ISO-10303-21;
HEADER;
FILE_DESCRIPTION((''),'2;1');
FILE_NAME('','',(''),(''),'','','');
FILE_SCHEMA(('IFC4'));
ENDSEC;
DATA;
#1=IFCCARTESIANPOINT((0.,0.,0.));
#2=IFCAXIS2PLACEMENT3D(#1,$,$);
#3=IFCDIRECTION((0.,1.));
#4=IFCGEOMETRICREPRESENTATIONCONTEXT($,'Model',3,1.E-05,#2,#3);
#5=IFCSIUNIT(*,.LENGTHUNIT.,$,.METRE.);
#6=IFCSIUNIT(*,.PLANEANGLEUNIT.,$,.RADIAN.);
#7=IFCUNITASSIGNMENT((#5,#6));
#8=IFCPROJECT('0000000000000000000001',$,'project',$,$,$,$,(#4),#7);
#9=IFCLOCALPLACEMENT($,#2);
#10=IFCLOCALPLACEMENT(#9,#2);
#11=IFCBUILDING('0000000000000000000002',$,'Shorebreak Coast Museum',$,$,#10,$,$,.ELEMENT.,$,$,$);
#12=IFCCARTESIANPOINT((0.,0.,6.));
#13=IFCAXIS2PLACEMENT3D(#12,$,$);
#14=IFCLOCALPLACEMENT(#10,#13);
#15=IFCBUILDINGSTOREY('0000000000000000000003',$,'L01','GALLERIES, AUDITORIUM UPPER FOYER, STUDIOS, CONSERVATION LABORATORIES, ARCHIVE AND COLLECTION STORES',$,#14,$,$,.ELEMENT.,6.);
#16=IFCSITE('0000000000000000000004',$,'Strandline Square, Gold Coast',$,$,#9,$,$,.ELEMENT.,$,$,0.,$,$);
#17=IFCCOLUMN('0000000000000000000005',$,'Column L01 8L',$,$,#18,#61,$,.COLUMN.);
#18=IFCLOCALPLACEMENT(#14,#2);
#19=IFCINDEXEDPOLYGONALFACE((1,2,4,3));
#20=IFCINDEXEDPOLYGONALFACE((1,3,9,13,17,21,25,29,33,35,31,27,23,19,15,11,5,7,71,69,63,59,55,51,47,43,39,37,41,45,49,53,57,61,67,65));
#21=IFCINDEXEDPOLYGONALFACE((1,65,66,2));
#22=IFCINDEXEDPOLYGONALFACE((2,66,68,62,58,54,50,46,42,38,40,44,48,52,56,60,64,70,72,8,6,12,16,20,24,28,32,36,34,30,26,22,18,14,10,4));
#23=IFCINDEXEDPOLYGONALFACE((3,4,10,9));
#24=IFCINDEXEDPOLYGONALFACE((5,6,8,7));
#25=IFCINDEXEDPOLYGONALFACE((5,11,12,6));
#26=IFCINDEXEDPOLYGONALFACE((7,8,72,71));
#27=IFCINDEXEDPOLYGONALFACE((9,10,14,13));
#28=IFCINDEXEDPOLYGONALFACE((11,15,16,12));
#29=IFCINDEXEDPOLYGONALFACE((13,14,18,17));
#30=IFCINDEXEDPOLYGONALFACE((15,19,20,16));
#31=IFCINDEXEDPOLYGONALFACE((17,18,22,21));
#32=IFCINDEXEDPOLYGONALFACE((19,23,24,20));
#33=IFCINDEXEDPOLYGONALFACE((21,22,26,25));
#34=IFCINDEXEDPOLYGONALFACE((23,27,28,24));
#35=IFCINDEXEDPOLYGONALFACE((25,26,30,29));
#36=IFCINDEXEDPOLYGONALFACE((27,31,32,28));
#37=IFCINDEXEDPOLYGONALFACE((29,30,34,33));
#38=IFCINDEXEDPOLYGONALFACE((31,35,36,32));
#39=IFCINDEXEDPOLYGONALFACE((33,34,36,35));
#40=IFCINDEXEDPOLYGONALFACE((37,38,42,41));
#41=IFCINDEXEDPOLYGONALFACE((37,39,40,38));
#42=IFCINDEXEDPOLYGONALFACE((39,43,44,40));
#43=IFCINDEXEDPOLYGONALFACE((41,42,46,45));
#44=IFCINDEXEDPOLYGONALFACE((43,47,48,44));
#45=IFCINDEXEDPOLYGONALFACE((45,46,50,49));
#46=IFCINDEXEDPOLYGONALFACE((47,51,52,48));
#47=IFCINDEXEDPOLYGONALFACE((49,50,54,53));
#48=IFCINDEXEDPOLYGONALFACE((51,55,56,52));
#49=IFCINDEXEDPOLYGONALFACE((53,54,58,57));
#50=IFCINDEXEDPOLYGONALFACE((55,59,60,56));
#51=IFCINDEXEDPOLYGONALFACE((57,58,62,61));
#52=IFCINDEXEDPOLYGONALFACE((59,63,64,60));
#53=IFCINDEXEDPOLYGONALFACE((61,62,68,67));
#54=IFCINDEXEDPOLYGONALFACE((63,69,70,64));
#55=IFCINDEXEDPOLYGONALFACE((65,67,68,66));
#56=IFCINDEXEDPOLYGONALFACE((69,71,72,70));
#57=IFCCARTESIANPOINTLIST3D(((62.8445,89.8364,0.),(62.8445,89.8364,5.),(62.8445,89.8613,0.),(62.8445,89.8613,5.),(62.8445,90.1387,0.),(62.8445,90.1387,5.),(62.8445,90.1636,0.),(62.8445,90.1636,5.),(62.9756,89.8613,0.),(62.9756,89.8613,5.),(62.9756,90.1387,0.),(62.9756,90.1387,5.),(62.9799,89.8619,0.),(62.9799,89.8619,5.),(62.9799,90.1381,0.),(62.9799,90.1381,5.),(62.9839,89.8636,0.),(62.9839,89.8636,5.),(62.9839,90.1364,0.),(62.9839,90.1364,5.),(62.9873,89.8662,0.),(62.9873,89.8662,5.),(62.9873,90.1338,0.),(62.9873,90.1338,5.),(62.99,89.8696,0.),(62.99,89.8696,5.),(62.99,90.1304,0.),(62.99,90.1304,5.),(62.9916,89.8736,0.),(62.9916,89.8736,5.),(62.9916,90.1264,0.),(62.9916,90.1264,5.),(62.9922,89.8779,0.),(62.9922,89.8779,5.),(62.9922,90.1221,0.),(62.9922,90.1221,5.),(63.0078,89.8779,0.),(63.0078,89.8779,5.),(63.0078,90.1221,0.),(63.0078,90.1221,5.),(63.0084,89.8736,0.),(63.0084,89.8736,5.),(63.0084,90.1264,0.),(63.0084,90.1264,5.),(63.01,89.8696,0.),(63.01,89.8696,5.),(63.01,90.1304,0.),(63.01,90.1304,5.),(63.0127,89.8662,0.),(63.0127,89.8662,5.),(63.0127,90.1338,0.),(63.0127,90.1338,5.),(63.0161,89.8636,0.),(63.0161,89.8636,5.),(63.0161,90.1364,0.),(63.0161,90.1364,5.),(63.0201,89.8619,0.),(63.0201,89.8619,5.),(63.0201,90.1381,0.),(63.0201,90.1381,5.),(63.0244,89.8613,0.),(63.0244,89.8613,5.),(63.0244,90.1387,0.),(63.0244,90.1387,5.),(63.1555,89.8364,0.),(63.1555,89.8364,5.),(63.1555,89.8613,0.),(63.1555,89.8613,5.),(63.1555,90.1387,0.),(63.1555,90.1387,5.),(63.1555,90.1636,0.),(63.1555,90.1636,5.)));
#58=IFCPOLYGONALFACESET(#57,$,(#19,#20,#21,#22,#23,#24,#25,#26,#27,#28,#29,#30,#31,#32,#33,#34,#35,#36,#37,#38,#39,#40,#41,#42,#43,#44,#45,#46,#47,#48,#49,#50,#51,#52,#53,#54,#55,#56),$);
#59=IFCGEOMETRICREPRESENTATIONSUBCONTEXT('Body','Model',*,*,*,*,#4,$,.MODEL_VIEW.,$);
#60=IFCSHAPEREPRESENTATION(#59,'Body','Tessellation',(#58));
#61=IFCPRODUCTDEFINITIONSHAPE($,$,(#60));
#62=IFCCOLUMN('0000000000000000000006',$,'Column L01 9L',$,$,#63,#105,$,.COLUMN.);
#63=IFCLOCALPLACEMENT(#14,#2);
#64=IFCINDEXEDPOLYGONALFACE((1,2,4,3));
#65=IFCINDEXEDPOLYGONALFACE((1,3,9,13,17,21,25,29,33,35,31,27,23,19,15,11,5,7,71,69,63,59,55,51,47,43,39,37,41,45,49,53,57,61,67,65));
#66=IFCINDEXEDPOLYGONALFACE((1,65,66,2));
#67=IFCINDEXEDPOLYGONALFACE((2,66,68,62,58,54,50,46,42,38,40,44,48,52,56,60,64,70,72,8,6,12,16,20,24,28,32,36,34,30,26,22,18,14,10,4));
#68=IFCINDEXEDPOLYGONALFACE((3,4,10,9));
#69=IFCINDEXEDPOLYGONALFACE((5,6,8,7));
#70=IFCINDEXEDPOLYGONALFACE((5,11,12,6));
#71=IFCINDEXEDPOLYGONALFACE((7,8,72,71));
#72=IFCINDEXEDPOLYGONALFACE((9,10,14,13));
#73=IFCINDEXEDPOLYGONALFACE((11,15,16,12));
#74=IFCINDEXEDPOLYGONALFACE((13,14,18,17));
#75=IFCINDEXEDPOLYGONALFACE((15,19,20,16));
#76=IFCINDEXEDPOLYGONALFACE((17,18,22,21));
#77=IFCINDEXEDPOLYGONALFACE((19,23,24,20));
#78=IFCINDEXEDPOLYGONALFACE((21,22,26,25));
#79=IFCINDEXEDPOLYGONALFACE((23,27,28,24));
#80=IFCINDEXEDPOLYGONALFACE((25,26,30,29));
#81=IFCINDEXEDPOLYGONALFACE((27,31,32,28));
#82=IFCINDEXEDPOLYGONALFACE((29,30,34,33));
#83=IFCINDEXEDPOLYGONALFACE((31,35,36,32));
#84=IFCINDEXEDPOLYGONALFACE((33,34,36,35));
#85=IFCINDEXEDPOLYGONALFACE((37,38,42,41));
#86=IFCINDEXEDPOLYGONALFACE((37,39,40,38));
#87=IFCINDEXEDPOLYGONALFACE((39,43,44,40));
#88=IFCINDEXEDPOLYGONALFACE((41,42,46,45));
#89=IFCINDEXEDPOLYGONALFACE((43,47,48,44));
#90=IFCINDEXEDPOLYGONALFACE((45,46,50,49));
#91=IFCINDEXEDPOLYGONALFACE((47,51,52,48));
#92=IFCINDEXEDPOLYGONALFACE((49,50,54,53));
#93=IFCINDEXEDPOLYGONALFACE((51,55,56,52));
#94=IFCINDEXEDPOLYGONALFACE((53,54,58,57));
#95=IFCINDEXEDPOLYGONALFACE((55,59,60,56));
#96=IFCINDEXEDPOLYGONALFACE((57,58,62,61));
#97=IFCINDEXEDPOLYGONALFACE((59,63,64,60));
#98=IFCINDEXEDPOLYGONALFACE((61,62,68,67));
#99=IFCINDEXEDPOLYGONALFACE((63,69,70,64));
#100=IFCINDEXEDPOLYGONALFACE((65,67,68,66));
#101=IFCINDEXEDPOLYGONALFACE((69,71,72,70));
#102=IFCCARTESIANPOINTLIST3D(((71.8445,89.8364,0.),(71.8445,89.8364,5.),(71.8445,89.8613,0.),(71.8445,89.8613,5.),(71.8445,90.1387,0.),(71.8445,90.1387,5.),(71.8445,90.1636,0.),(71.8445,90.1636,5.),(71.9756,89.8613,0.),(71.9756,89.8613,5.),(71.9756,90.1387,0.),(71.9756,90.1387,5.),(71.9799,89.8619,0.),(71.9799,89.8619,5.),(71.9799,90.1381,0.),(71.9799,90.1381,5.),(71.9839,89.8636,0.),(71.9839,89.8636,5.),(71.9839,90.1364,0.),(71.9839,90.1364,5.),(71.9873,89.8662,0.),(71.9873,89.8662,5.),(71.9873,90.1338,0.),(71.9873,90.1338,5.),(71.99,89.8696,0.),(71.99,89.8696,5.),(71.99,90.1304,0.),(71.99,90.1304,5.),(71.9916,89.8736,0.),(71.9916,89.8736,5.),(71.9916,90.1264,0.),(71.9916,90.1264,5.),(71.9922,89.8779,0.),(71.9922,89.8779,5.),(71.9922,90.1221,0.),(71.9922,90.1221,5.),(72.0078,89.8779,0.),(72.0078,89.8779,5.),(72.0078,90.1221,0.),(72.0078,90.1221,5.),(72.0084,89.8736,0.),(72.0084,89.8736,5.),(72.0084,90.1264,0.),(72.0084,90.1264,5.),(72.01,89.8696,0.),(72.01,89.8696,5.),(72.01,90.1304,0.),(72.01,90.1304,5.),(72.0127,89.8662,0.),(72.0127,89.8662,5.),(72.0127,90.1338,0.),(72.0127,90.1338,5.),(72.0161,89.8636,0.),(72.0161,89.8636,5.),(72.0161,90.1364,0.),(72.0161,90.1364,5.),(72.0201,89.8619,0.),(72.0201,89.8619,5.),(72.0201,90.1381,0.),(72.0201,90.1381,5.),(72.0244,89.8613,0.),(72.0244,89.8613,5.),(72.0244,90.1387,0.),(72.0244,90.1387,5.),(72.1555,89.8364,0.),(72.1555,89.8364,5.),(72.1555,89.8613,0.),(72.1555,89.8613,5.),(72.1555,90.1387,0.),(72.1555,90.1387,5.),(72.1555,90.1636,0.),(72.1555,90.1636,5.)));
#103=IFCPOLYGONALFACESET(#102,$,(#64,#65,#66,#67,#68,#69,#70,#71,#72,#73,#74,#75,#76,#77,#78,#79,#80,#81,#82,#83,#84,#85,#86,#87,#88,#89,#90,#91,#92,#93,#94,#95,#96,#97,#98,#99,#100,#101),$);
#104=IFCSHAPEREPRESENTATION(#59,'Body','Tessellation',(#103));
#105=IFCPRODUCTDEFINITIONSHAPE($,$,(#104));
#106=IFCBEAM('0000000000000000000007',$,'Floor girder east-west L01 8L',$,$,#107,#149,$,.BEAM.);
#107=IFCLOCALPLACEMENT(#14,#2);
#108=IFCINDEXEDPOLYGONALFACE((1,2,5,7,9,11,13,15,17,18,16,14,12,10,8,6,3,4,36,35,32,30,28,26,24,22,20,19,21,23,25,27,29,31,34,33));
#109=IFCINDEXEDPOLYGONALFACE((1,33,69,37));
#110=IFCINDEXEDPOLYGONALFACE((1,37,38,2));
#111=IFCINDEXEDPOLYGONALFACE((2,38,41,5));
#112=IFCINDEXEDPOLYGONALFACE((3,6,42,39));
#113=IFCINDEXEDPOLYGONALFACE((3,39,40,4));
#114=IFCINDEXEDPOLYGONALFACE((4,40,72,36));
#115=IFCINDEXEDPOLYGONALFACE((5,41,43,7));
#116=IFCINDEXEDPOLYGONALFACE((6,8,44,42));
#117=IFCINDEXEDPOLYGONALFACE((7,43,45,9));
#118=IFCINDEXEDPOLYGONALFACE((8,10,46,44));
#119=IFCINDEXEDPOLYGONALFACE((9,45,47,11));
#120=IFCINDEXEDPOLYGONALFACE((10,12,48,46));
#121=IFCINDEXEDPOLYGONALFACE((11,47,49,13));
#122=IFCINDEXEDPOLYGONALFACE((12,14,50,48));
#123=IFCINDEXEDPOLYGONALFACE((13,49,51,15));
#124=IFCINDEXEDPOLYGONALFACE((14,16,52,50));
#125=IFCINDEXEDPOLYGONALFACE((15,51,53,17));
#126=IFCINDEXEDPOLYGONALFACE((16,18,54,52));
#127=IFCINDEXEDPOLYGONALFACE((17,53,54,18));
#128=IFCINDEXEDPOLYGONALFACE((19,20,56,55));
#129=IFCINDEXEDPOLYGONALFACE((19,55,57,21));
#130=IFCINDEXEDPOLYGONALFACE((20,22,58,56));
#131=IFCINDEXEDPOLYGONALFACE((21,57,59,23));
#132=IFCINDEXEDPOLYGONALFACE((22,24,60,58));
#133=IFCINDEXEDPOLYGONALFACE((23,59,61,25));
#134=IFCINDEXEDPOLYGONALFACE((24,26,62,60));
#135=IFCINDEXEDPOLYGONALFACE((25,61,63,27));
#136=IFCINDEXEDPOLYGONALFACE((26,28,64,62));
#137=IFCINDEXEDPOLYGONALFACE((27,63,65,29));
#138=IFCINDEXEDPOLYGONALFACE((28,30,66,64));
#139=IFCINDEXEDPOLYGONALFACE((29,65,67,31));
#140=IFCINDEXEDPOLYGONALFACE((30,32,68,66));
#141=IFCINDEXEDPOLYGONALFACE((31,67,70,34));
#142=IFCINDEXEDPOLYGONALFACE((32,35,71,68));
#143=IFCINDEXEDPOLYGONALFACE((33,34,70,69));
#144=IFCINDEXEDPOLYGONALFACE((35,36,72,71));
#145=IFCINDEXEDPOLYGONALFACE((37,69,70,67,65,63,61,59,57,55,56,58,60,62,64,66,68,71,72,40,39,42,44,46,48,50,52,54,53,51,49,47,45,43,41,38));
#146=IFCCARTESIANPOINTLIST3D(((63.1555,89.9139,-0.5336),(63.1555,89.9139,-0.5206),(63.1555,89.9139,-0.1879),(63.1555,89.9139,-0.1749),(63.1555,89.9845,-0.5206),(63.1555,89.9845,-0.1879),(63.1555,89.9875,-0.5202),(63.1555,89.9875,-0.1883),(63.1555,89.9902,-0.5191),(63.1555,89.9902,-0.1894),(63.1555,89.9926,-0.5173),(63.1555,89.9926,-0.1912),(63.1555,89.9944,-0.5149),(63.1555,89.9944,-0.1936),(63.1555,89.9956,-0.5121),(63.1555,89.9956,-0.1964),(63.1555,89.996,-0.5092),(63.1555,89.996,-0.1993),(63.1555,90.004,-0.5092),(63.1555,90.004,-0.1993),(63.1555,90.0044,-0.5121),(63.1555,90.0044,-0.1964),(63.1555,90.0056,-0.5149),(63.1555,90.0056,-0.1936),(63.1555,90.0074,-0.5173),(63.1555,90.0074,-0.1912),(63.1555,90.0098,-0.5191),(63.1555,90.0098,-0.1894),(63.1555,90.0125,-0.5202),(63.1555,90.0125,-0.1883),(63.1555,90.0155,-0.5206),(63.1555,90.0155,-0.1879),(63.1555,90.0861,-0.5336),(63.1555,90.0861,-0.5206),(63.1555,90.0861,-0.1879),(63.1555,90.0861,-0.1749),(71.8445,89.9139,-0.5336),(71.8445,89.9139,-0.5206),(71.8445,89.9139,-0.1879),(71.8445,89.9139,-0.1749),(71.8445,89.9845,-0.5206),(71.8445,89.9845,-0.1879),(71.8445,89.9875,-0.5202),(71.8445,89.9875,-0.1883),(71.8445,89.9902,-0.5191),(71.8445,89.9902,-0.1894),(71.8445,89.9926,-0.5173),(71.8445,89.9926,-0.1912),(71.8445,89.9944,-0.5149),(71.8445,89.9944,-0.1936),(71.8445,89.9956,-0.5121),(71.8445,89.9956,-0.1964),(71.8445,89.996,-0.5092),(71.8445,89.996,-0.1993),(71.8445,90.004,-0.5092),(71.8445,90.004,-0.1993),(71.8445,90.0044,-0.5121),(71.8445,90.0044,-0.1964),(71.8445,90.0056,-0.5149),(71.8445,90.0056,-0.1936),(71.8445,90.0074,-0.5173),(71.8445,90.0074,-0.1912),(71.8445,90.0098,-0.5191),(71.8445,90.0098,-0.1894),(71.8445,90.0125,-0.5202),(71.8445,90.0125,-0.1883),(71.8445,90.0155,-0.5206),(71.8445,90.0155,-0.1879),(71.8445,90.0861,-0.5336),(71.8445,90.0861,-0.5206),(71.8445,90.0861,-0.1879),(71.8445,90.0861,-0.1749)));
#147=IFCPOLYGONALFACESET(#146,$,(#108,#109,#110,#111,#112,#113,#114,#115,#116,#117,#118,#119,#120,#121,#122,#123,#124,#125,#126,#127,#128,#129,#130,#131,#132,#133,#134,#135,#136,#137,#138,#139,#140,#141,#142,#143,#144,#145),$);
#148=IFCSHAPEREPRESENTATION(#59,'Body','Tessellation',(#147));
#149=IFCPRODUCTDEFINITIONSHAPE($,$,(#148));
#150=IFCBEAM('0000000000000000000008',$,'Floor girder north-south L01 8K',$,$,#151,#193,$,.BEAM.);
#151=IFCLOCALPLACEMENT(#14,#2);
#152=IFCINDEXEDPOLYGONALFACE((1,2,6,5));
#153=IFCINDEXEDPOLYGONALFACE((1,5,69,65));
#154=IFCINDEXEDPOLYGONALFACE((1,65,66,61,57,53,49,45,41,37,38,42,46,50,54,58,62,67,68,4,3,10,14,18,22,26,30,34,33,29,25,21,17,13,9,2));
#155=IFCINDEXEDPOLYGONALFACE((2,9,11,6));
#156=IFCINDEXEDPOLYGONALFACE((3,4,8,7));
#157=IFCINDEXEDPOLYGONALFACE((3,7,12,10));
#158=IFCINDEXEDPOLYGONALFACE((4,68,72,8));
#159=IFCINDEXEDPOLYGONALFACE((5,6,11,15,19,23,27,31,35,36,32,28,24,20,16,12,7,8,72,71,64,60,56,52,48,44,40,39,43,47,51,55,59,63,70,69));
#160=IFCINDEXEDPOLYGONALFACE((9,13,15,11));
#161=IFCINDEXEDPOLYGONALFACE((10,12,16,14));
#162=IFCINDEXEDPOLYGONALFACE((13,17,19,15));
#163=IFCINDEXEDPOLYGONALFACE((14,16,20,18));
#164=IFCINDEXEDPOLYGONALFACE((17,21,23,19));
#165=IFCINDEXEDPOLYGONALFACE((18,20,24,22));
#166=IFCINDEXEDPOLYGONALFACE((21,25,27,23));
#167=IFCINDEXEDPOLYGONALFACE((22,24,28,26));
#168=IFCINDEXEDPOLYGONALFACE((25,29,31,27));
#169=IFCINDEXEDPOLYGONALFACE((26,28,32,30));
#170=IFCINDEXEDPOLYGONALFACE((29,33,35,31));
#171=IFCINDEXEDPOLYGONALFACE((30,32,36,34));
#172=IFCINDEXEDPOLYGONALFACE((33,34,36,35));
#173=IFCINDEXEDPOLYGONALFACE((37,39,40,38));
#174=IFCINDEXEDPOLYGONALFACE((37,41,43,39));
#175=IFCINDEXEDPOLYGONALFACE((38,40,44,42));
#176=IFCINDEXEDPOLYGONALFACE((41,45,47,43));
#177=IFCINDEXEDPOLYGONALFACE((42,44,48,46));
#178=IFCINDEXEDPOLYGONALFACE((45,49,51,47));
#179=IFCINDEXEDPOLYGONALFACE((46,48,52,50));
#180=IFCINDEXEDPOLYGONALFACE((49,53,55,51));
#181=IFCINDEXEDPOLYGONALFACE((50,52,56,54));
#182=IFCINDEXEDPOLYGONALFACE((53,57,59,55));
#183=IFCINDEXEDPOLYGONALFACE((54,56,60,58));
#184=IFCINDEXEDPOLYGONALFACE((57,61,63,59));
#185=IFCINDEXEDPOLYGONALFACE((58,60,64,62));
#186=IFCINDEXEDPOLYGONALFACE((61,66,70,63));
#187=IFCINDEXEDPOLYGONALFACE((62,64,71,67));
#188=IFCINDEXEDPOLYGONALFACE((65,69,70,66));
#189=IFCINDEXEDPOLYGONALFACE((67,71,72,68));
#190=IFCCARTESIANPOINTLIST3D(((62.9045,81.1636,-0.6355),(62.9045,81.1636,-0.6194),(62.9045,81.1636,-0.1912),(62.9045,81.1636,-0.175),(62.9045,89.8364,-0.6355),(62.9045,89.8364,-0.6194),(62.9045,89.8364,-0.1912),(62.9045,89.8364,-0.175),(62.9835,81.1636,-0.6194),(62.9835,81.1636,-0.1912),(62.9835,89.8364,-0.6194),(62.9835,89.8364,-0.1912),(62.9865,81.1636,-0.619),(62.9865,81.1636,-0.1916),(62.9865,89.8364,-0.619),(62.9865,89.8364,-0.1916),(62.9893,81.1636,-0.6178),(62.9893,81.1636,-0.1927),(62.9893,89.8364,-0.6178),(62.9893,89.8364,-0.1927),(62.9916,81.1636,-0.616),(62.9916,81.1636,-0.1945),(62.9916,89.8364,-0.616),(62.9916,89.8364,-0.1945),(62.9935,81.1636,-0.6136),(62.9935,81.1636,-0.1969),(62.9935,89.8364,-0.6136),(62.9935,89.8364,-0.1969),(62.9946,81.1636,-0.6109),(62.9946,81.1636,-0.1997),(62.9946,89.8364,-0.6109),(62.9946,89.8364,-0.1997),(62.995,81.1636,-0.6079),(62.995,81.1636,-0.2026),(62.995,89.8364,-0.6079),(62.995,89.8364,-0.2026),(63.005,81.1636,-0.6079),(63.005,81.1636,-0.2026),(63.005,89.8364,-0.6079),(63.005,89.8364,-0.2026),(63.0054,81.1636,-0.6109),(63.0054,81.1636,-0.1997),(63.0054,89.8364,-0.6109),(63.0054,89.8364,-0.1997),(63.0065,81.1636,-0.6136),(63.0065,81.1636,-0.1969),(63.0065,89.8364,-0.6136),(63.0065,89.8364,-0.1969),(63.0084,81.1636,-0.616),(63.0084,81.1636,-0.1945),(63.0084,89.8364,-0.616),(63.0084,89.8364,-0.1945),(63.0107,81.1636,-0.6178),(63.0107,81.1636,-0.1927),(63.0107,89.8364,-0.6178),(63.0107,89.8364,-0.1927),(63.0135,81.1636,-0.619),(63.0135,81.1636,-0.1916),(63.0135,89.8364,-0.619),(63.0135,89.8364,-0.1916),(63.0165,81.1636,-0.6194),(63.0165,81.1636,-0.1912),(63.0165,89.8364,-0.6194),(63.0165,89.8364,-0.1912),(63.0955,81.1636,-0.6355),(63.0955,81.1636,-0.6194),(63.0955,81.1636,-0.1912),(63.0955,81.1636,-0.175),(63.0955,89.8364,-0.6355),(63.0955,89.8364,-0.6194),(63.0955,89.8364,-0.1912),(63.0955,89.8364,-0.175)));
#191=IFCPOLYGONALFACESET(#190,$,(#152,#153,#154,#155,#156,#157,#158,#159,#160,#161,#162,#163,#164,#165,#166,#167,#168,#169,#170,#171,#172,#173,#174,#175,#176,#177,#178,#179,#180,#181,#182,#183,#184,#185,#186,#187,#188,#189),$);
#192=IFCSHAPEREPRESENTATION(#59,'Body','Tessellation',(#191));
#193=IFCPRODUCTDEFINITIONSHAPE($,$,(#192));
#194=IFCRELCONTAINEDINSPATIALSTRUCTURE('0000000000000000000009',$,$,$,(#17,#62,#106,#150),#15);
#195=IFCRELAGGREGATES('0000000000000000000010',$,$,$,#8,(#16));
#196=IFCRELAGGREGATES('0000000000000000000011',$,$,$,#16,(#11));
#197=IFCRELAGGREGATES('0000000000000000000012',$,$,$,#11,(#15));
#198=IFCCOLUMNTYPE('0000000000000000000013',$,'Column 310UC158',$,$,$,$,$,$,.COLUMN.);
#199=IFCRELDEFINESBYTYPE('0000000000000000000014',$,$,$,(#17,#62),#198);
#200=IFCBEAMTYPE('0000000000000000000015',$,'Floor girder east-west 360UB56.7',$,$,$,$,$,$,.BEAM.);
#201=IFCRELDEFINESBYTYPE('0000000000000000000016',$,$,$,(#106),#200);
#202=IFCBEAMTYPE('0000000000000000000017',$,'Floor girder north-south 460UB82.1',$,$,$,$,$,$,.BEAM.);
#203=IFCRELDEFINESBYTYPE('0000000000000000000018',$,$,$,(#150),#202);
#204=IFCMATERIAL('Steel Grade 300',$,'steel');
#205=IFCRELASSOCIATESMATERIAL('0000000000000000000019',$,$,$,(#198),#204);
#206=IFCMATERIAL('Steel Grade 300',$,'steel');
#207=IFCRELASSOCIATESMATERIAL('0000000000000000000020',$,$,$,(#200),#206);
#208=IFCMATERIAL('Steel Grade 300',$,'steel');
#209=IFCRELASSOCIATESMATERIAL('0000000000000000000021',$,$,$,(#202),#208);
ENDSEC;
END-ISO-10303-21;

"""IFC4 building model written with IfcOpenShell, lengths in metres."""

from ifc_helpers import new_model, si_unit, direction, frame, origin, origin_2d, place, context, subcontext, project, spatial, i_section, extrude, material, material_profile, profile_set, type_object, element, save


model = new_model("IFC4")

# Units and contexts
model_context = context("Model", 3, precision=1e-05, world=origin(), true_north=direction((0.0, 1.0)))
body_context = subcontext(model_context, "Body", "Model", "MODEL_VIEW")
ifc_project = project(units=[si_unit("LENGTHUNIT", "METRE"), si_unit("PLANEANGLEUNIT", "RADIAN")], contexts=[model_context])

# Site, building, storey
site_placement = place(None, origin())
site = spatial("IfcSite", under=ifc_project, at=site_placement, Name="Strandline Square, Gold Coast", CompositionType="ELEMENT", RefElevation=0.0)
building_placement = place(site_placement, origin())
building = spatial("IfcBuilding", under=site, at=building_placement, Name="Shorebreak Coast Museum", CompositionType="ELEMENT")
storey_placement = place(building_placement, frame((0.0, 0.0, 6.0)))
storey = spatial("IfcBuildingStorey", under=building, at=storey_placement, Name="L01", Description="GALLERIES, AUDITORIUM UPPER FOYER, STUDIOS, CONSERVATION LABORATORIES, ARCHIVE AND COLLECTION STORES", CompositionType="ELEMENT", Elevation=6.0)

# Columns
ifc_material_1 = material(Name="Steel Grade 300", Category="steel")
ifc_material_profile_1 = material_profile(ifc_material_1, i_section(OverallWidth=0.311, OverallDepth=0.3271, WebThickness=0.0156, FlangeThickness=0.0249, FilletRadius=0.0166, at=origin_2d()), Name="310UC158")
ifc_profile_set_1 = profile_set([ifc_material_profile_1], Name="Steel Grade 300")
column_type = type_object("IfcColumnType", Name="Column 310UC158", PredefinedType="COLUMN", material=ifc_profile_set_1)
for number, where, z_axis, x_axis, name in (
    (1, (63.0, 90.0, 0.0), (0.0, 0.0, 1.0), (1.0, 0.0, 0.0), "Column L01 8L"),
    (2, (72.0, 90.0, 0.0), (0.0, 0.0, 1.0), (1.0, 0.0, 0.0), "Column L01 9L"),
):
    element("IfcColumn", number, at=place(storey_placement, frame(where, z_axis=z_axis, x_axis=x_axis)), inside=storey, type_object=column_type, Name=name, PredefinedType="COLUMN", context=body_context, shape_type="SweptSolid", body=[
        extrude(i_section(OverallWidth=0.311, OverallDepth=0.3271, WebThickness=0.0156, FlangeThickness=0.0249, FilletRadius=0.0166, at=origin_2d()), origin(), (0.0, 0.0, 1.0), 5.0),
    ])

# Beams
ifc_material_2 = material(Name="Steel Grade 300", Category="steel")
ifc_material_profile_2 = material_profile(ifc_material_2, i_section(OverallWidth=0.1721, OverallDepth=0.3586, WebThickness=0.0081, FlangeThickness=0.0129, FilletRadius=0.0115, at=origin_2d()), Name="360UB56.7")
ifc_profile_set_2 = profile_set([ifc_material_profile_2], Name="Steel Grade 300")
beam_type_1 = type_object("IfcBeamType", Name="Floor girder east-west 360UB56.7", PredefinedType="BEAM", material=ifc_profile_set_2)
beam_placement = place(storey_placement, frame((63.1555, 90.0, -0.3542), z_axis=(1.0, 0.0, 0.0), x_axis=(0.0, 1.0, 0.0)))
element("IfcBeam", 3, at=beam_placement, inside=storey, type_object=beam_type_1, Name="Floor girder east-west L01 8L", PredefinedType="BEAM", context=body_context, shape_type="SweptSolid", body=[
    extrude(i_section(OverallWidth=0.1721, OverallDepth=0.3586, WebThickness=0.0081, FlangeThickness=0.0129, FilletRadius=0.0115, at=origin_2d()), origin(), (0.0, 0.0, 1.0), 8.689),
])
ifc_material_3 = material(Name="Steel Grade 300", Category="steel")
ifc_material_profile_3 = material_profile(ifc_material_3, i_section(OverallWidth=0.1909, OverallDepth=0.4604, WebThickness=0.01, FlangeThickness=0.0161, FilletRadius=0.0115, at=origin_2d()), Name="460UB82.1")
ifc_profile_set_3 = profile_set([ifc_material_profile_3], Name="Steel Grade 300")
beam_type_2 = type_object("IfcBeamType", Name="Floor girder north-south 460UB82.1", PredefinedType="BEAM", material=ifc_profile_set_3)
for number, where, z_axis, x_axis, name in (
    (4, (63.0, 81.1636, -0.4053), (0.0, 1.0, 0.0), (-1.0, 0.0, 0.0), "Floor girder north-south L01 8K"),
):
    element("IfcBeam", number, at=place(storey_placement, frame(where, z_axis=z_axis, x_axis=x_axis)), inside=storey, type_object=beam_type_2, Name=name, PredefinedType="BEAM", context=body_context, shape_type="SweptSolid", body=[
        extrude(i_section(OverallWidth=0.1909, OverallDepth=0.4604, WebThickness=0.01, FlangeThickness=0.0161, FilletRadius=0.0115, at=origin_2d()), origin(), (0.0, 0.0, 1.0), 8.6729),
    ])

save(model, "model.ifc")
